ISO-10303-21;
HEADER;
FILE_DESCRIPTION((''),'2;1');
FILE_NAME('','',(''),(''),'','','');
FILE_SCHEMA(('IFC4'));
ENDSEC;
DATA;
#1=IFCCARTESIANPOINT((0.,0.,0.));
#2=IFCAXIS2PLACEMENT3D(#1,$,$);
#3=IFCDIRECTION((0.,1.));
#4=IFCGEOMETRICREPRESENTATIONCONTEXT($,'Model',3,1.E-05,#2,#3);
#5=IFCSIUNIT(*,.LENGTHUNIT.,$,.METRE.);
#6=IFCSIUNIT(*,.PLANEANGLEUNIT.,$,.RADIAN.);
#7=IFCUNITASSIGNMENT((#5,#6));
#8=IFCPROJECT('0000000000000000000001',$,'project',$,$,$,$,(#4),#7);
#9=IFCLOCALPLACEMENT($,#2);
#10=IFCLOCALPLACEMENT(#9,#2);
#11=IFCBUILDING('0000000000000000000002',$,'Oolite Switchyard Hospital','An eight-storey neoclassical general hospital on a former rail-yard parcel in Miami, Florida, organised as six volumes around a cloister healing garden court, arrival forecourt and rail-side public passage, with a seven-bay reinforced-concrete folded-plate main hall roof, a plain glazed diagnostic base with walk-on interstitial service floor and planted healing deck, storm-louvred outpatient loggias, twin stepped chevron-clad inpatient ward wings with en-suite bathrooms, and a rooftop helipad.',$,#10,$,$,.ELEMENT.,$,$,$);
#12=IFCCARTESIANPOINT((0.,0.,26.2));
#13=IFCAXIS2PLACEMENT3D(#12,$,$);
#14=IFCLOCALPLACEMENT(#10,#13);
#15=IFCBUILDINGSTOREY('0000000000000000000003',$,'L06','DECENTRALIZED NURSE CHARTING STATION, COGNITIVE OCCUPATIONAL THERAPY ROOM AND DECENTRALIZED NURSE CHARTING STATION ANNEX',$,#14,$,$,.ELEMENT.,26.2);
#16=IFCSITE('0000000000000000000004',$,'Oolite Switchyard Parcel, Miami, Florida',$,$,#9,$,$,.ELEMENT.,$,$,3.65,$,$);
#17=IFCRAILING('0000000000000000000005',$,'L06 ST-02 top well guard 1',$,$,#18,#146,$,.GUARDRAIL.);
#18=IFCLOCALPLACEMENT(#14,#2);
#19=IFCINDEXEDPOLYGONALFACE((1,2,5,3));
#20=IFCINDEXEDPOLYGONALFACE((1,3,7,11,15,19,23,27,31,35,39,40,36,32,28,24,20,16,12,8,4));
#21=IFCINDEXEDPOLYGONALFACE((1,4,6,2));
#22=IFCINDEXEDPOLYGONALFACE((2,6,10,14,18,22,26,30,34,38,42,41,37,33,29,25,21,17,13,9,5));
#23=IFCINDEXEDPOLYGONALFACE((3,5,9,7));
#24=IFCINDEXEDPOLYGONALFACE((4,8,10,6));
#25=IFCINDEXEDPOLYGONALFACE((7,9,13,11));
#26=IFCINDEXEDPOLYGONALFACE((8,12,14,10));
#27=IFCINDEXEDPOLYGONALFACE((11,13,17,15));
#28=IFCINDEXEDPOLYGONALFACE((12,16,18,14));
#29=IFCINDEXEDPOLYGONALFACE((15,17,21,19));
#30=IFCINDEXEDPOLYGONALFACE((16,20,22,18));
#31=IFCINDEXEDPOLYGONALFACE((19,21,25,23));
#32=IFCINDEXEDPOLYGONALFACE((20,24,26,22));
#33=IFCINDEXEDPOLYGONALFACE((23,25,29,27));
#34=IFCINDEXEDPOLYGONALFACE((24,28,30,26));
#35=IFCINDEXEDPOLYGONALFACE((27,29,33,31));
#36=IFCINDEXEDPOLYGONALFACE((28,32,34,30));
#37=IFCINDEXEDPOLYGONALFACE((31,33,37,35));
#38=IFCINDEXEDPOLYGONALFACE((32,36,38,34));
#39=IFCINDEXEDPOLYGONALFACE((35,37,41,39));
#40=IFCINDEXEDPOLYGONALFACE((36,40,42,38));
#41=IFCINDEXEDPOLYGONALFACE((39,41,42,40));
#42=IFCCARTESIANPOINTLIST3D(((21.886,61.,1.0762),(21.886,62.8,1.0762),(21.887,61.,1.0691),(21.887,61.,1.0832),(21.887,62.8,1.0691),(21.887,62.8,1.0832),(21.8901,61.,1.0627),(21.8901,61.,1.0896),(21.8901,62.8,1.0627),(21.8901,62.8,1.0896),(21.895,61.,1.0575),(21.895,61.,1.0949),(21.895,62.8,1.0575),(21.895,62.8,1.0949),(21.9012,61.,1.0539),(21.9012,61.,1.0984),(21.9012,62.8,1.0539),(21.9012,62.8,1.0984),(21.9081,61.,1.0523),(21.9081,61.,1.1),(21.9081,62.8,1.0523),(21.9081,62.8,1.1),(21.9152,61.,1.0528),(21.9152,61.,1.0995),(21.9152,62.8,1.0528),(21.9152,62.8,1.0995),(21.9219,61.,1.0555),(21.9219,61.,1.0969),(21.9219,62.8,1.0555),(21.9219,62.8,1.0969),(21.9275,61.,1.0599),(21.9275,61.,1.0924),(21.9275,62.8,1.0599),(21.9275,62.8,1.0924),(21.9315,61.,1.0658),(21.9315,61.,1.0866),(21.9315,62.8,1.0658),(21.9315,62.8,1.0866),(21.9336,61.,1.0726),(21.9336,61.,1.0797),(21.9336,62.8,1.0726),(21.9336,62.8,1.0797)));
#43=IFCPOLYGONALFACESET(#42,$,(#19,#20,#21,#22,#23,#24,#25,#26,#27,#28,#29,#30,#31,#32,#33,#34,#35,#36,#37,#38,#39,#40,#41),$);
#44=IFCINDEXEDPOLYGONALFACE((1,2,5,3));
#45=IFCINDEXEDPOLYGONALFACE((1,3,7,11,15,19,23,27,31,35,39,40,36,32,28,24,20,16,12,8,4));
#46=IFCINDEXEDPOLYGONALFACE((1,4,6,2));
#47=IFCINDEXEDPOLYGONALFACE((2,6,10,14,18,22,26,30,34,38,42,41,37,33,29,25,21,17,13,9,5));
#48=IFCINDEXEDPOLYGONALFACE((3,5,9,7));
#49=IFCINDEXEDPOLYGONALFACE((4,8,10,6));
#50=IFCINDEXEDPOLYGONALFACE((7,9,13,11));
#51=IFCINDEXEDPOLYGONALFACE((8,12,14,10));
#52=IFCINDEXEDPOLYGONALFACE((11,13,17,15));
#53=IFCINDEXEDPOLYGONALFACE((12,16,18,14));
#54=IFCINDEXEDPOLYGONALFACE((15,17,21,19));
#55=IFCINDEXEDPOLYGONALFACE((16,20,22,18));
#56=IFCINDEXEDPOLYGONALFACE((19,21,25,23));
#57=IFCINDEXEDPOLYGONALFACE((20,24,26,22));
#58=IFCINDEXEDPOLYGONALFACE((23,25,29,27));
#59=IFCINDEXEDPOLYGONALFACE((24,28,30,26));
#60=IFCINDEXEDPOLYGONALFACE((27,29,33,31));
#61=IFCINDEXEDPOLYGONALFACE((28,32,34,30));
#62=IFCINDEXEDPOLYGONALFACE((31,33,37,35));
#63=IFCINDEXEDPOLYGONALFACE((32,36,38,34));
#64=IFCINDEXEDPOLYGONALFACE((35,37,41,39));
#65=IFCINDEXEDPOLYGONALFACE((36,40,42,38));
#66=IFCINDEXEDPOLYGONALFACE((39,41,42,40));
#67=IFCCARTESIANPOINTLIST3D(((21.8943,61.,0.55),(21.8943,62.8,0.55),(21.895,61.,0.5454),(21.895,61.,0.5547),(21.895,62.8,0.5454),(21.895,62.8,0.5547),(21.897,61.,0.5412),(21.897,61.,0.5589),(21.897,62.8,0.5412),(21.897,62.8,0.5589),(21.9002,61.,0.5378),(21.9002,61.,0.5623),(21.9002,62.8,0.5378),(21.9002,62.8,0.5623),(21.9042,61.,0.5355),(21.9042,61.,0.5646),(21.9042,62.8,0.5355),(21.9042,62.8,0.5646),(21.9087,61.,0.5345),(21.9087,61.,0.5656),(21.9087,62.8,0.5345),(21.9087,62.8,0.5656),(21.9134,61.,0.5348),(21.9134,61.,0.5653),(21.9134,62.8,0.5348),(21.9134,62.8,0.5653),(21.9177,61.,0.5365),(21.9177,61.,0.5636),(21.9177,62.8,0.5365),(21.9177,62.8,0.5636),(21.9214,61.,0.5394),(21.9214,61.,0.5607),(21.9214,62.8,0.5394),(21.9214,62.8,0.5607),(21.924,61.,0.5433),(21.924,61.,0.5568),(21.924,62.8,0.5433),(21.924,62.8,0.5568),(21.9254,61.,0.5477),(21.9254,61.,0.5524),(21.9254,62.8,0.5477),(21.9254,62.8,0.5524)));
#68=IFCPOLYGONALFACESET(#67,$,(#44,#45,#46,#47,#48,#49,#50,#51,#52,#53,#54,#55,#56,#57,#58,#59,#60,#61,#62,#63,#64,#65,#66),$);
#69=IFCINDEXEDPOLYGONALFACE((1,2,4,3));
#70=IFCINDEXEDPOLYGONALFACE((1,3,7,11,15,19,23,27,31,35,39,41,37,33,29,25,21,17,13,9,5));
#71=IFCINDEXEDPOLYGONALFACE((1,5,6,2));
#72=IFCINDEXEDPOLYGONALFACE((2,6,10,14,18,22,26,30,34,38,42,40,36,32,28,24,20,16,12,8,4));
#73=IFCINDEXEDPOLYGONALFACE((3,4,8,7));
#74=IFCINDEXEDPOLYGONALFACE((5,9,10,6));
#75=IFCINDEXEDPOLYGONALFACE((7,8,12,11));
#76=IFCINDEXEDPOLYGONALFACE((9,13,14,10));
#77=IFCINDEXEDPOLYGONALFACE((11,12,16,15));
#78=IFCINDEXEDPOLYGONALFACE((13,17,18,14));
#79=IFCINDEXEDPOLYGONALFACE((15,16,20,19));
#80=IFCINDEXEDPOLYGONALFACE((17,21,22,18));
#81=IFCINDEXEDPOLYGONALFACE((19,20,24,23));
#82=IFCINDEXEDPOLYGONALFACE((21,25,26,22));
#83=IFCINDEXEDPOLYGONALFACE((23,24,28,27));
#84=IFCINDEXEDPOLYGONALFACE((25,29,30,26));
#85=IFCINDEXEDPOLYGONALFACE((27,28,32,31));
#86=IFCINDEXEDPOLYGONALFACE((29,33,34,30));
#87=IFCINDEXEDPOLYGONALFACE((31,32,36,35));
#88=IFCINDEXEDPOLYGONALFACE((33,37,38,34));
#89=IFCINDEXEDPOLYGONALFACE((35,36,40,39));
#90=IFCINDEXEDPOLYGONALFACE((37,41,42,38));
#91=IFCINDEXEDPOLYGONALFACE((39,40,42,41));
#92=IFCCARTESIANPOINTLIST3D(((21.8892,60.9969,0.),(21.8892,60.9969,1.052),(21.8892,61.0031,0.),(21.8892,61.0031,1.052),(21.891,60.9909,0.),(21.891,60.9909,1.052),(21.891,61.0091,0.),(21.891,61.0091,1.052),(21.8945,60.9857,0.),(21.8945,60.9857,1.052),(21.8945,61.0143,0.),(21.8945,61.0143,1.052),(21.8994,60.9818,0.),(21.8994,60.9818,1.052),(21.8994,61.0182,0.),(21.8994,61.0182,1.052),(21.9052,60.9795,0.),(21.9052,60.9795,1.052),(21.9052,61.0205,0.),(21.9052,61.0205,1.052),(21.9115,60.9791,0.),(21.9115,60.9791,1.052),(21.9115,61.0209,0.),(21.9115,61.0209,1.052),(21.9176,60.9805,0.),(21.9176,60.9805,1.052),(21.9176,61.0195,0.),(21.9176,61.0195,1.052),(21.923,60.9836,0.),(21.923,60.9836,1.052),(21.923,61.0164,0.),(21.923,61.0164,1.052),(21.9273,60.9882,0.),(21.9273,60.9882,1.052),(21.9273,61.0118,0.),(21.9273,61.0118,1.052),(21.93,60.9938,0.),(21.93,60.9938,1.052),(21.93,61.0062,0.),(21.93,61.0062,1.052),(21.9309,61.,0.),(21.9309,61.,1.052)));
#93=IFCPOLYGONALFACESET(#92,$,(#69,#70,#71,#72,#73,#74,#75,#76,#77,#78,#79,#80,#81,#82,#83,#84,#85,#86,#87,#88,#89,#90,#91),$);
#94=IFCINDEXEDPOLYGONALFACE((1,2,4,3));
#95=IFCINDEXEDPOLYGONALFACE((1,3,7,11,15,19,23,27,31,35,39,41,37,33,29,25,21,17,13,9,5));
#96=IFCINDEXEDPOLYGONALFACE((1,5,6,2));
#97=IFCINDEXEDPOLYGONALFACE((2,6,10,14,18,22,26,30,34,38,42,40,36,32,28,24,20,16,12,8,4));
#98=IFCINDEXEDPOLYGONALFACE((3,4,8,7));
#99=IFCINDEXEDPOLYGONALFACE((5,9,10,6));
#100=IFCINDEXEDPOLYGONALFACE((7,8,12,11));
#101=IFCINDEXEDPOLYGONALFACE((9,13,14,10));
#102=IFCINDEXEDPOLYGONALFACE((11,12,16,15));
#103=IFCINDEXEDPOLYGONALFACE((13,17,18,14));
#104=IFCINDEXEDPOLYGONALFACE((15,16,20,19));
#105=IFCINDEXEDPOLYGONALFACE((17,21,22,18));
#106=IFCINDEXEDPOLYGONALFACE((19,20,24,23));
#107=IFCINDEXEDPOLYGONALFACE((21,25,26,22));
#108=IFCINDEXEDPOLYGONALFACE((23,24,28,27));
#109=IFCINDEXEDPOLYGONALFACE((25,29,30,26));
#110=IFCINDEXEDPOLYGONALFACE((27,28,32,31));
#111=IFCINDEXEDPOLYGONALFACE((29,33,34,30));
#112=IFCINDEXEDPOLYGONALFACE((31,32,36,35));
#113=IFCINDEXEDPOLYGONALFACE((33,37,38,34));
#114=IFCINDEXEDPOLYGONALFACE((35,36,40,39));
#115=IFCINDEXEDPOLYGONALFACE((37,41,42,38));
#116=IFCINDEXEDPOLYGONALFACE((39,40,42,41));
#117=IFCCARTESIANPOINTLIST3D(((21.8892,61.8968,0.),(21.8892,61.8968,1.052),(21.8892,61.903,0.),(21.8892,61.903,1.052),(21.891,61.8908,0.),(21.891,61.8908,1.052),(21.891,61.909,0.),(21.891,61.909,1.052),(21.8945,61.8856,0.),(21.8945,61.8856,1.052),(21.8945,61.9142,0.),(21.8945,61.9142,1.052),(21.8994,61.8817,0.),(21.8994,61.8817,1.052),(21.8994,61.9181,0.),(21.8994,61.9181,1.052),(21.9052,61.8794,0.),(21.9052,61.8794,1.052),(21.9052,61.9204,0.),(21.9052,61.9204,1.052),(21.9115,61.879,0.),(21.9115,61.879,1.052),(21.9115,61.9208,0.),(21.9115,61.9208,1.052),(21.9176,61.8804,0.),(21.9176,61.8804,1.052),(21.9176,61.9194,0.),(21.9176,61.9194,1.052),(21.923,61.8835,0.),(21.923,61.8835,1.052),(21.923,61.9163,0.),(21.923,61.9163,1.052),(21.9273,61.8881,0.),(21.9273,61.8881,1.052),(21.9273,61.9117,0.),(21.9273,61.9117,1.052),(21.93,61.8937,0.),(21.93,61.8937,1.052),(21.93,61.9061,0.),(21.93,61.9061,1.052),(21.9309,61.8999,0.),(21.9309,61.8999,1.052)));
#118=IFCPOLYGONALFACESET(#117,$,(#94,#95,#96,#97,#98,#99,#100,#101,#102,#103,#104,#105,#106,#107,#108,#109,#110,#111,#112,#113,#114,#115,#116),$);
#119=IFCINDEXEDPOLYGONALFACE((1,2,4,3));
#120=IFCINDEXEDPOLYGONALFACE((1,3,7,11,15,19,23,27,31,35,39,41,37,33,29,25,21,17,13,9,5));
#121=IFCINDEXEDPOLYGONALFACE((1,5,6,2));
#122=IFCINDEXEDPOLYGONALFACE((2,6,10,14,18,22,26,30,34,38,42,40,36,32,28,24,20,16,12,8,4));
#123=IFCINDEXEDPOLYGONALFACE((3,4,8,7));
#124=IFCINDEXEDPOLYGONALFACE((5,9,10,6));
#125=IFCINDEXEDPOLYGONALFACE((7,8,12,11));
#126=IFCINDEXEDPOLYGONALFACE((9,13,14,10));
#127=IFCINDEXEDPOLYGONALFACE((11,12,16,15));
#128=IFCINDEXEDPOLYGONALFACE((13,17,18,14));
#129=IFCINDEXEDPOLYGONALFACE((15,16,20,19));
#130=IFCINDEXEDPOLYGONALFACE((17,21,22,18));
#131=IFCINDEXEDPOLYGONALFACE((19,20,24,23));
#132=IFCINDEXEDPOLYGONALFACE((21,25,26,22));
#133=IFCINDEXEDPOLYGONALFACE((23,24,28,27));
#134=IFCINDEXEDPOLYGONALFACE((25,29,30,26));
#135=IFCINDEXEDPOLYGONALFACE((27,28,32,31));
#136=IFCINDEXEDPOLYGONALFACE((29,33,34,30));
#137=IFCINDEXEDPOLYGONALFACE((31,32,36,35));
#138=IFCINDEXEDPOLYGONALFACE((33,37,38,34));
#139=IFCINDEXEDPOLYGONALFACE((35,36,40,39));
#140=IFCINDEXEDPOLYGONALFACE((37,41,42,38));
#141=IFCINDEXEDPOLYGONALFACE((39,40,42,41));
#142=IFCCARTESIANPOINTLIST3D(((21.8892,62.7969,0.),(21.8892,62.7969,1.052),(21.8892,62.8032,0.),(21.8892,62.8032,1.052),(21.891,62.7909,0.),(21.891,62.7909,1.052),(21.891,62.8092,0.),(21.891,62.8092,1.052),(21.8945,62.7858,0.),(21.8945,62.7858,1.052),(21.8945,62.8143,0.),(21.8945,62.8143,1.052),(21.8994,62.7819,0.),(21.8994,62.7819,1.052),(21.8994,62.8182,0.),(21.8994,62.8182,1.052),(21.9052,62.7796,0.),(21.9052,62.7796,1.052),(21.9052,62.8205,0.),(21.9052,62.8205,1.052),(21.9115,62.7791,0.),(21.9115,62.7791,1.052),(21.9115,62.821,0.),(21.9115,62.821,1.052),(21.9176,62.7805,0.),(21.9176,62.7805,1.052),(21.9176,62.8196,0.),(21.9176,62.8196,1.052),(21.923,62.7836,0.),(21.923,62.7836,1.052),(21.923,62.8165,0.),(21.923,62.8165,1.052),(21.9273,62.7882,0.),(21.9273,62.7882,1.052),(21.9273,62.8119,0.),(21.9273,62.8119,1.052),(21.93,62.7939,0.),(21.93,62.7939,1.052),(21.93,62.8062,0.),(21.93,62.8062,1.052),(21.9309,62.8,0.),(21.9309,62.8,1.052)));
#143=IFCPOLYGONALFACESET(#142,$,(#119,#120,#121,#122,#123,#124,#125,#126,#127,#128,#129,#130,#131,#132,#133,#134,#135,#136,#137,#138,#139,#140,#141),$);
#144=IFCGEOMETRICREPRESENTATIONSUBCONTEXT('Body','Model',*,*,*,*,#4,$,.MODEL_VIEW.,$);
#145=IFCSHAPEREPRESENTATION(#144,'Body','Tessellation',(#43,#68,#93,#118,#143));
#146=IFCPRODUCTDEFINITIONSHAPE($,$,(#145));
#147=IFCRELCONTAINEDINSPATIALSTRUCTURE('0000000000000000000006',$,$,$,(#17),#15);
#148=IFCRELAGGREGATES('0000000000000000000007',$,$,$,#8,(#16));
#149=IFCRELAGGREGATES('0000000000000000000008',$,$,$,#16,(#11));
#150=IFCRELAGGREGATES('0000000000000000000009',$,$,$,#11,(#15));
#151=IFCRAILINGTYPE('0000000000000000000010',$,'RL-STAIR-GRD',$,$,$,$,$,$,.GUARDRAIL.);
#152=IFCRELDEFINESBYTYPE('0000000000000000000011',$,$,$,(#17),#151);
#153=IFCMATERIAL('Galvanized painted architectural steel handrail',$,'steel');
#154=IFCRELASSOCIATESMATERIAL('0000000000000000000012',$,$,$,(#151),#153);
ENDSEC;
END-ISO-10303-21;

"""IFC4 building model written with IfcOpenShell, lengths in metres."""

from ifc_helpers import new_model, si_unit, direction, frame, origin, origin_2d, place, context, subcontext, project, spatial, circle, extrude, material, type_object, element, save


model = new_model("IFC4")

# Units and contexts
model_context = context("Model", 3, precision=1e-05, world=origin(), true_north=direction((0.0, 1.0)))
body_context = subcontext(model_context, "Body", "Model", "MODEL_VIEW")
ifc_project = project(units=[si_unit("LENGTHUNIT", "METRE"), si_unit("PLANEANGLEUNIT", "RADIAN")], contexts=[model_context])

# Site, building, storey
site_placement = place(None, origin())
site = spatial("IfcSite", under=ifc_project, at=site_placement, Name="Oolite Switchyard Parcel, Miami, Florida", CompositionType="ELEMENT", RefElevation=3.65)
building_placement = place(site_placement, origin())
building = spatial("IfcBuilding", under=site, at=building_placement, Name="Oolite Switchyard Hospital", Description="An eight-storey neoclassical general hospital on a former rail-yard parcel in Miami, Florida, organised as six volumes around a cloister healing garden court, arrival forecourt and rail-side public passage, with a seven-bay reinforced-concrete folded-plate main hall roof, a plain glazed diagnostic base with walk-on interstitial service floor and planted healing deck, storm-louvred outpatient loggias, twin stepped chevron-clad inpatient ward wings with en-suite bathrooms, and a rooftop helipad.", CompositionType="ELEMENT")
storey_placement = place(building_placement, frame((0.0, 0.0, 26.2)))
storey = spatial("IfcBuildingStorey", under=building, at=storey_placement, Name="L06", Description="DECENTRALIZED NURSE CHARTING STATION, COGNITIVE OCCUPATIONAL THERAPY ROOM AND DECENTRALIZED NURSE CHARTING STATION ANNEX", CompositionType="ELEMENT", Elevation=26.2)

# Railing
ifc_material_1 = material(Name="Galvanized painted architectural steel handrail", Category="steel")
railing_type = type_object("IfcRailingType", Name="RL-STAIR-GRD", PredefinedType="GUARDRAIL", material=ifc_material_1)
railing_placement = place(storey_placement, frame((21.9099, 61.0, 0.0)))
element("IfcRailing", 1, at=railing_placement, inside=storey, type_object=railing_type, Name="L06 ST-02 top well guard 1", PredefinedType="GUARDRAIL", context=body_context, shape_type="SweptSolid", body=[
    extrude(circle(Radius=0.0239, at=origin_2d()), frame((0.0, 0.0, 1.0762), z_axis=(0.0, 1.0, 0.0), x_axis=(-1.0, 0.0, 0.0)), (0.0, 0.0, 1.0), 1.8),
    extrude(circle(Radius=0.0156, at=origin_2d()), frame((0.0, 0.0, 0.55), z_axis=(0.0, 1.0, 0.0), x_axis=(-1.0, 0.0, 0.0)), (0.0, 0.0, 1.0), 1.8),
    extrude(circle(Radius=0.021, at=origin_2d()), origin(), (0.0, 0.0, 1.0), 1.052),
    extrude(circle(Radius=0.021, at=origin_2d()), frame((0.0, 0.8999, 0.0)), (0.0, 0.0, 1.0), 1.052),
    extrude(circle(Radius=0.021, at=origin_2d()), frame((0.0, 1.8, 0.0)), (0.0, 0.0, 1.0), 1.052),
])

save(model, "model.ifc")
